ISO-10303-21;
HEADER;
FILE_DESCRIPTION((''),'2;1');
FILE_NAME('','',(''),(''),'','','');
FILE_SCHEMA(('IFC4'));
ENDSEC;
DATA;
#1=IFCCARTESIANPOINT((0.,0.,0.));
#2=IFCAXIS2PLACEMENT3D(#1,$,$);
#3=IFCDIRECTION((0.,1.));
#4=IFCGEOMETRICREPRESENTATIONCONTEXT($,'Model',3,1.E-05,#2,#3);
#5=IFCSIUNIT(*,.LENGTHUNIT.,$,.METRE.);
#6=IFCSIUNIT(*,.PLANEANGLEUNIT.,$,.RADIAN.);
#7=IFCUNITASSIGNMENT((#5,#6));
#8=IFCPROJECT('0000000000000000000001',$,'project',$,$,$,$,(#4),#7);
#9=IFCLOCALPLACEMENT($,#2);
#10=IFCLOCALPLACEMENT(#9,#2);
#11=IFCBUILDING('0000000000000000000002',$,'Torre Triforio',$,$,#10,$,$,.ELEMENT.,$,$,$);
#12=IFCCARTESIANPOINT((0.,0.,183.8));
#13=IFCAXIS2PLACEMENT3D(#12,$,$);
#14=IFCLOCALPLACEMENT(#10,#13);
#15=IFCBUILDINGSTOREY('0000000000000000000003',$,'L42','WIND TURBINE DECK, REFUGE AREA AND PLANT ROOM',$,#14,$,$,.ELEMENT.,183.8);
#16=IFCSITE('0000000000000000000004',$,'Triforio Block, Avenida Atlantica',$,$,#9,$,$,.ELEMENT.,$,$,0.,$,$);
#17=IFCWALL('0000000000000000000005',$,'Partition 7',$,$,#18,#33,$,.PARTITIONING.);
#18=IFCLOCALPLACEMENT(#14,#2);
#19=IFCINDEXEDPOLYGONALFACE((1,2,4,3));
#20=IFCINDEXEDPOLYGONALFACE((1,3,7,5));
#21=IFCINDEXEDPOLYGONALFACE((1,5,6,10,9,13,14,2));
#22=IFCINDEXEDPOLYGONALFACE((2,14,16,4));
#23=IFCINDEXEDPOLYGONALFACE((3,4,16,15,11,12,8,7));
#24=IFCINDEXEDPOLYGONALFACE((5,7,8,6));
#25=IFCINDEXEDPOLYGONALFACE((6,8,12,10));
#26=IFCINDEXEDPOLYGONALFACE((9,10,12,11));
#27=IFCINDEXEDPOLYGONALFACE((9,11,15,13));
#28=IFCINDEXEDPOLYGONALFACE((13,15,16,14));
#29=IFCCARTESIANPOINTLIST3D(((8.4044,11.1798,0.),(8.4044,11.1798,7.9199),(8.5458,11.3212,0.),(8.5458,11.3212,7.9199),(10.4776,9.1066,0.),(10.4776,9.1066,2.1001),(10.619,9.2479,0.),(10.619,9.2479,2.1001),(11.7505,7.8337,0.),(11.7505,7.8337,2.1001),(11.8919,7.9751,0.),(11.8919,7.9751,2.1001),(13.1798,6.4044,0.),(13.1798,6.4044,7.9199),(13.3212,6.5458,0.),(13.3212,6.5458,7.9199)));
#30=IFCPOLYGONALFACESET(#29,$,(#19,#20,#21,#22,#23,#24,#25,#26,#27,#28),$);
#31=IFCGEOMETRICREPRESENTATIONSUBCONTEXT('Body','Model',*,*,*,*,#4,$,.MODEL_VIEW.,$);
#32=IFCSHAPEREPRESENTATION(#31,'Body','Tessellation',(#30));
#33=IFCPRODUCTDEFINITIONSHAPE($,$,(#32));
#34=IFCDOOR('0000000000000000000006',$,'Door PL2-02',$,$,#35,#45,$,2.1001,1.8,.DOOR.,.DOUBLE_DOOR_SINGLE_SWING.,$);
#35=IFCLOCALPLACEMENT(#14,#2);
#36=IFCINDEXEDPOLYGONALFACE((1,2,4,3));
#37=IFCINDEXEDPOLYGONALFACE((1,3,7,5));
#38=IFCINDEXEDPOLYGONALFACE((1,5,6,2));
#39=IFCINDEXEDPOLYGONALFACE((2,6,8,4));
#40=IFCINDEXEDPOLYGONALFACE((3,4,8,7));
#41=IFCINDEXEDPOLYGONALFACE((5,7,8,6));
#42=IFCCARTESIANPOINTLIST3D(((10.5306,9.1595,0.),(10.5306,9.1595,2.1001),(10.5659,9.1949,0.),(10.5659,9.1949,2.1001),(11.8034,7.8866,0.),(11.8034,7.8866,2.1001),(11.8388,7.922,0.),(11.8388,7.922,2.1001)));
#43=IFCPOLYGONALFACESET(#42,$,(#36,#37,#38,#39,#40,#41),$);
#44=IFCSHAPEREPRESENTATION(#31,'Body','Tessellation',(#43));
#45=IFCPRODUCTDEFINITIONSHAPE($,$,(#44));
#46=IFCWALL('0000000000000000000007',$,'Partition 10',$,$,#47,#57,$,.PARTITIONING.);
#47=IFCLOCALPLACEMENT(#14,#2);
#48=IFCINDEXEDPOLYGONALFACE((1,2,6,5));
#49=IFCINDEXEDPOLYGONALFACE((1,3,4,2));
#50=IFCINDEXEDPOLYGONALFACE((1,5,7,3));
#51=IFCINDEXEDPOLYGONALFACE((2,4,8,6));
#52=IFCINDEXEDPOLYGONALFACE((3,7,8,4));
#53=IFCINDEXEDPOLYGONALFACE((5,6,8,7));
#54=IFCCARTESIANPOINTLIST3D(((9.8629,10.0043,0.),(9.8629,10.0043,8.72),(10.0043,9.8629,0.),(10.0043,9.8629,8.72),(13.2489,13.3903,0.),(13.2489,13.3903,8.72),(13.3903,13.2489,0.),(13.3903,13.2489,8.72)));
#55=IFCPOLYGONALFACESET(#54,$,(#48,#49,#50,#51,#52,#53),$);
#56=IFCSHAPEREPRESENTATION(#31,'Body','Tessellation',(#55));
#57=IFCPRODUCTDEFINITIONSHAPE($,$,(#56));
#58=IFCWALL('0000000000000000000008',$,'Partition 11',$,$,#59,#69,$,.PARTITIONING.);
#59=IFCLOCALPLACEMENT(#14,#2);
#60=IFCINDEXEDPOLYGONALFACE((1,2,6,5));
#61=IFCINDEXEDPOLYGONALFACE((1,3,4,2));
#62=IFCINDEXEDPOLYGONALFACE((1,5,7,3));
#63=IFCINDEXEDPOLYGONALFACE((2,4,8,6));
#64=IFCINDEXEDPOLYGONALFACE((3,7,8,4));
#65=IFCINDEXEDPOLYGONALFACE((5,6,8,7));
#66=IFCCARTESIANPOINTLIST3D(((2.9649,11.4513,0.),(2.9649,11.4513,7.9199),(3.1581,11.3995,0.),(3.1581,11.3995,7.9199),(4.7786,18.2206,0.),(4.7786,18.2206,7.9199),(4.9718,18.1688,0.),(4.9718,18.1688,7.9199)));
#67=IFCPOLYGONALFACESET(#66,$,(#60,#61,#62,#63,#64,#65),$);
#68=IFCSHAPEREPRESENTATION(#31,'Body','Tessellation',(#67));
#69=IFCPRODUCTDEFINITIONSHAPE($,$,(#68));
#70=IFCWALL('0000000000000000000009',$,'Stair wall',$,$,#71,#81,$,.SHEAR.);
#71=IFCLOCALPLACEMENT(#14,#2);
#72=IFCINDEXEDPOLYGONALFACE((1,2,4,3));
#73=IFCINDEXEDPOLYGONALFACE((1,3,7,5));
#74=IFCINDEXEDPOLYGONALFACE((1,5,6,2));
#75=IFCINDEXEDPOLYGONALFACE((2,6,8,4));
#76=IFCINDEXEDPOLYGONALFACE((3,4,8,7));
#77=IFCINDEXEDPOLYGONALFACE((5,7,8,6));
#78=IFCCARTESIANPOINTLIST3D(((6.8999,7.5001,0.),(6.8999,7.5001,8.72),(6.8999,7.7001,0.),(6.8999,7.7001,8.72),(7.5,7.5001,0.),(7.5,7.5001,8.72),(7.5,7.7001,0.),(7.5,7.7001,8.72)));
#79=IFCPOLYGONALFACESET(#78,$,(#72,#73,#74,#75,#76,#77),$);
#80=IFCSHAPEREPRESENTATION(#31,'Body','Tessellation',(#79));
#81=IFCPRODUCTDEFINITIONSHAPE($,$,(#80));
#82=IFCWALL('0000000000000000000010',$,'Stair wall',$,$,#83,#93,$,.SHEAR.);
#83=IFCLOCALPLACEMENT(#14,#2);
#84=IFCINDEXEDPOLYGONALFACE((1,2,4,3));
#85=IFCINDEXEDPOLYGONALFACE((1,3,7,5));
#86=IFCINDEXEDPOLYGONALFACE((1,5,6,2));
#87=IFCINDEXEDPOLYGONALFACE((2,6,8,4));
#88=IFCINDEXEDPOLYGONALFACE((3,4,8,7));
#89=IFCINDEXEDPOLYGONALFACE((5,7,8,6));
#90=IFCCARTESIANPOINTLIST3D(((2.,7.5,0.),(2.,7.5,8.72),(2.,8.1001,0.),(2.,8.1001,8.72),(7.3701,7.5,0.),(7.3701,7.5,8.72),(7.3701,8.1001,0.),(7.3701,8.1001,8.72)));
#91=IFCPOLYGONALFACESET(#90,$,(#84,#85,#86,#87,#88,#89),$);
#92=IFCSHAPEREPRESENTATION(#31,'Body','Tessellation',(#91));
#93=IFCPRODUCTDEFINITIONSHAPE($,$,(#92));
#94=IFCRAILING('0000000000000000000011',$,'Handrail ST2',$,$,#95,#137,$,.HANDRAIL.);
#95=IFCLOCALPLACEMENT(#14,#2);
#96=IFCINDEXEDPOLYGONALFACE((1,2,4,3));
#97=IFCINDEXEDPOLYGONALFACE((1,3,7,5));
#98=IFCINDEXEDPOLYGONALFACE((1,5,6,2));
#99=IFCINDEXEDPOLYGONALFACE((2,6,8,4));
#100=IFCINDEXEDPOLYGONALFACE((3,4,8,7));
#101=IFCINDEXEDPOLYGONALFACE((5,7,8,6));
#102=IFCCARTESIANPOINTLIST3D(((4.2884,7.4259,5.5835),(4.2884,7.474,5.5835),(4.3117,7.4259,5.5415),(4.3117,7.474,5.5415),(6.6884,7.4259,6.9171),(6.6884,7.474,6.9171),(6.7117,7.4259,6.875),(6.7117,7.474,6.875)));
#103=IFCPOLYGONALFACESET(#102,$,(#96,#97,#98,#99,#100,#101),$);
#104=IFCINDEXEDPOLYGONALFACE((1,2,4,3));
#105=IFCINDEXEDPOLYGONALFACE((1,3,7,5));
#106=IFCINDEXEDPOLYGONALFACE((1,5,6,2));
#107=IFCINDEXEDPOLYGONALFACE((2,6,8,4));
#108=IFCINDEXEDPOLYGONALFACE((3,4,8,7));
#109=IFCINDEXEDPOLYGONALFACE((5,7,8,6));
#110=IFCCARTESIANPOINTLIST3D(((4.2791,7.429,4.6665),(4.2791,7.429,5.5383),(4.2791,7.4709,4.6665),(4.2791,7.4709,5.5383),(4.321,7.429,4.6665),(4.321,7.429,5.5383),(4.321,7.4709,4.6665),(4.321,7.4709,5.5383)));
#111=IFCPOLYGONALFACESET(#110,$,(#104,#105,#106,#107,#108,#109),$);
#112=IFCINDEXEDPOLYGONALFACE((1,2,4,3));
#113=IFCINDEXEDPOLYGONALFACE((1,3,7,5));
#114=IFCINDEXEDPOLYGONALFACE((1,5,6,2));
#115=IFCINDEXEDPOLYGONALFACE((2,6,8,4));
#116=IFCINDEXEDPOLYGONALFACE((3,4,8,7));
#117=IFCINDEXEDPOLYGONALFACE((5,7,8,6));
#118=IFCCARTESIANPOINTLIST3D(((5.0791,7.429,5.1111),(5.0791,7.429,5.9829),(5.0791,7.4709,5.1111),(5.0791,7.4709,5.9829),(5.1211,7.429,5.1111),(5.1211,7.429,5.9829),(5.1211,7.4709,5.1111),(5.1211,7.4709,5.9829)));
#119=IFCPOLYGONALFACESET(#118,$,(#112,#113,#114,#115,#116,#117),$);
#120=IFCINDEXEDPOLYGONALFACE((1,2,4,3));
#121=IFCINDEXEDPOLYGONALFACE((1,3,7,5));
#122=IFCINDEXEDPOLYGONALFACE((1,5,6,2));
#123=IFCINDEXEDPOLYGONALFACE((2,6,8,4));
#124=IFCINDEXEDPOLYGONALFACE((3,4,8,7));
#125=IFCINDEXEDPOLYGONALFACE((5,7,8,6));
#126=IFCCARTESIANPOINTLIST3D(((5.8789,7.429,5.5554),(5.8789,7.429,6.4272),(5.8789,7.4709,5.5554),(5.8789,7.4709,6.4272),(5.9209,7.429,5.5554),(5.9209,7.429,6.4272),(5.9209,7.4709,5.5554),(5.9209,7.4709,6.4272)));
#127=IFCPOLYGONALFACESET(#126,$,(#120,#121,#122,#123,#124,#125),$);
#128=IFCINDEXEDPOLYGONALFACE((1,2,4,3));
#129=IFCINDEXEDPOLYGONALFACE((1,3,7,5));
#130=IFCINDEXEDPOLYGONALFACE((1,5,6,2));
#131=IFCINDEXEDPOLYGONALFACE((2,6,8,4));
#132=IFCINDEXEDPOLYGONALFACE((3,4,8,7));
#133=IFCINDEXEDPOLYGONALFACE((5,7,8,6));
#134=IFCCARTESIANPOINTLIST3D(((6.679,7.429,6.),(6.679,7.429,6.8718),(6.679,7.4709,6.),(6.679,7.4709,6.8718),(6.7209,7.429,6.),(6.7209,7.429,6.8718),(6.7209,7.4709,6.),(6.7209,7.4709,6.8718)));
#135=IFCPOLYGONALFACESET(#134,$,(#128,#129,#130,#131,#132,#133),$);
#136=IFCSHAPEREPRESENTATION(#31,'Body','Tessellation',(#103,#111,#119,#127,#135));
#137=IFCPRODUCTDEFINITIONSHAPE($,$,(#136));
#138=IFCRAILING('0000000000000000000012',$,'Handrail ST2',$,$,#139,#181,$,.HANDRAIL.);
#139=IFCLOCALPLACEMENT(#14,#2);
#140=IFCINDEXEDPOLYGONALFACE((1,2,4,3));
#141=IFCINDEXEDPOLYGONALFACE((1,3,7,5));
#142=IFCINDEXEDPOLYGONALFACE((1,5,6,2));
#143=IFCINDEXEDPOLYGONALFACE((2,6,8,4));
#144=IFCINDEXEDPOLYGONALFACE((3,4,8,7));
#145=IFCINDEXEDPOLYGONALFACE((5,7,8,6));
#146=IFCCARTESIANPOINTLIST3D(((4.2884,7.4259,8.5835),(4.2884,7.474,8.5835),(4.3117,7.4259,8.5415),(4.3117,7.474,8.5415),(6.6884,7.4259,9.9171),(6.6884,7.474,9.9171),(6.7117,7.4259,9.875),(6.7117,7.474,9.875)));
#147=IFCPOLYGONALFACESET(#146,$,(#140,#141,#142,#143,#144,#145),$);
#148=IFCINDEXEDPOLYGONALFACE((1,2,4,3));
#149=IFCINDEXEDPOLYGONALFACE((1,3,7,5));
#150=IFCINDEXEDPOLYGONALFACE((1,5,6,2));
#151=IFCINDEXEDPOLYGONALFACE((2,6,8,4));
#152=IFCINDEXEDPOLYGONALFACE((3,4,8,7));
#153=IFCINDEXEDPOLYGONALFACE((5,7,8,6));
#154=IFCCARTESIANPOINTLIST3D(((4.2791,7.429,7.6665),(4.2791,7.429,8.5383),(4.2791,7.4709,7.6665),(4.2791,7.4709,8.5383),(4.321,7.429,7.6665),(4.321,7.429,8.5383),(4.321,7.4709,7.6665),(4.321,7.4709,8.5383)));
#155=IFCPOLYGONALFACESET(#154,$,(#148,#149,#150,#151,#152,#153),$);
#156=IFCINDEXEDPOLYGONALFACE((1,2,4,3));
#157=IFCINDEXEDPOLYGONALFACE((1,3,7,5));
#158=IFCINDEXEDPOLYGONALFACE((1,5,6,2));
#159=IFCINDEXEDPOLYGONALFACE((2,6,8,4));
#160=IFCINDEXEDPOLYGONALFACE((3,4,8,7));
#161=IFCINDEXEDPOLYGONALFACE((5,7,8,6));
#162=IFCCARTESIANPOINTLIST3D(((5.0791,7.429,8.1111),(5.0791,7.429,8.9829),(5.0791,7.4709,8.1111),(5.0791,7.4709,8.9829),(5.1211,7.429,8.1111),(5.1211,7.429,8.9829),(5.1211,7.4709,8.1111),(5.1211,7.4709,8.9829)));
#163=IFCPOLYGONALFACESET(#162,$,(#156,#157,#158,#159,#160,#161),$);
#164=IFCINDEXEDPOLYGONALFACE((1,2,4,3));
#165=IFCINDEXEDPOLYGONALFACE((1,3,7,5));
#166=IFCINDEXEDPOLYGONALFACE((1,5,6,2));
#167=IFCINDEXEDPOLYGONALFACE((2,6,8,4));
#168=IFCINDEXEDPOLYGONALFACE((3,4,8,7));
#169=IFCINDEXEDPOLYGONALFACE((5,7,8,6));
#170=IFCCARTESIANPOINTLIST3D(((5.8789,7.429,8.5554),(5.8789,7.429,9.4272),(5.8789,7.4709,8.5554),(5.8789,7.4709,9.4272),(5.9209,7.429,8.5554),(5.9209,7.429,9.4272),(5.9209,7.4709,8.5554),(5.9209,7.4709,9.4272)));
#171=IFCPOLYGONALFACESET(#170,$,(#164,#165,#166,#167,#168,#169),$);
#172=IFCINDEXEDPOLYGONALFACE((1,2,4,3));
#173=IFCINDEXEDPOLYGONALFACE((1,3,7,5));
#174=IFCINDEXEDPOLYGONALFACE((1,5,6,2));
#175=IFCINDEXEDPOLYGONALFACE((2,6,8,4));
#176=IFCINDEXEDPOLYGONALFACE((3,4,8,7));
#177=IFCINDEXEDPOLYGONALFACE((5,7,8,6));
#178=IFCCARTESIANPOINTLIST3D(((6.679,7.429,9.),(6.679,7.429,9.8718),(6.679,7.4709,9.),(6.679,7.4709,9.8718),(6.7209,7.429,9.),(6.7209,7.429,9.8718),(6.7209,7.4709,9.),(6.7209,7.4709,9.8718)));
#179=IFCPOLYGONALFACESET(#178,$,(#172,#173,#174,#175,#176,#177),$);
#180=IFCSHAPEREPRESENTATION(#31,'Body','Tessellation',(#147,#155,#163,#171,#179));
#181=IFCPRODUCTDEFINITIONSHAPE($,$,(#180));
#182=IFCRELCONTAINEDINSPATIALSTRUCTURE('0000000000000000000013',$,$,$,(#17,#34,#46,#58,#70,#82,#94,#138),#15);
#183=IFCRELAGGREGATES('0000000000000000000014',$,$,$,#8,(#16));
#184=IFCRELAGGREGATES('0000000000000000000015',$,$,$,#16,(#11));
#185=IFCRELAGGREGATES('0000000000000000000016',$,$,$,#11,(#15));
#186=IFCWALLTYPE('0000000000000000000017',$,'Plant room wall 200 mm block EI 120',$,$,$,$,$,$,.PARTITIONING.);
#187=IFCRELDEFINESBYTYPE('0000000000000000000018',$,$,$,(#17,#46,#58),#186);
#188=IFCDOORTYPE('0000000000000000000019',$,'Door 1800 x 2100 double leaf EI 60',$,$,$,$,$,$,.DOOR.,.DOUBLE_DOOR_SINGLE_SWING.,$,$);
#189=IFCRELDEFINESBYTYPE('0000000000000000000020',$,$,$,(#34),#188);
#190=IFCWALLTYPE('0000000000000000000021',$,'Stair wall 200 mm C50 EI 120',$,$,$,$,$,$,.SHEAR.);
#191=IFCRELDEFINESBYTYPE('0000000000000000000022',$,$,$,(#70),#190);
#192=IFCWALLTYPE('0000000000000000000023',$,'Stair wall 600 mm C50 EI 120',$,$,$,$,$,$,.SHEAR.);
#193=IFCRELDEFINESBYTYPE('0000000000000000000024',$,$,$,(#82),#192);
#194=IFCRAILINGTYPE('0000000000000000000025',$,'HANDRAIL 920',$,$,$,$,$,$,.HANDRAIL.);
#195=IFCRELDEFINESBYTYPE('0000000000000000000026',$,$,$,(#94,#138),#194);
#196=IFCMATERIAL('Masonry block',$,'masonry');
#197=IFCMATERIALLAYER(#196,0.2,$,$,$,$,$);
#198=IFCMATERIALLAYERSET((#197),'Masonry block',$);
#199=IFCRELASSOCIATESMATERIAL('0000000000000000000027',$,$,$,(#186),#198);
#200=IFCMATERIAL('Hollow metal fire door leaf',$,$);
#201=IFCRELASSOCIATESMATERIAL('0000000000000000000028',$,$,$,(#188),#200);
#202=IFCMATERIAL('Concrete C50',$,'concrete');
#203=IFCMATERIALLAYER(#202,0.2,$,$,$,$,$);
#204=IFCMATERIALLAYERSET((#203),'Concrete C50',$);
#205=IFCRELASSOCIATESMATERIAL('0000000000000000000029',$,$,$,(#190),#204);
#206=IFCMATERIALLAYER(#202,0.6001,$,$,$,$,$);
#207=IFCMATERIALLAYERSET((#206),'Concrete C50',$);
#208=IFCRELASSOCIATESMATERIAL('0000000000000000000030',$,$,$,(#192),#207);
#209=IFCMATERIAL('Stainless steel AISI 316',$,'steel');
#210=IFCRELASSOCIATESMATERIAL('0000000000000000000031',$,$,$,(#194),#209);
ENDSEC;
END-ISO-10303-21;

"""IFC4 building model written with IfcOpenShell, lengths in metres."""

from ifc_helpers import new_model, si_unit, direction, frame, frame_2d, origin, origin_2d, place, context, subcontext, project, spatial, rectangle, extrude, material, layer, layer_set, type_object, element, fill, save


model = new_model("IFC4")

# Units and contexts
model_context = context("Model", 3, precision=1e-05, world=origin(), true_north=direction((0.0, 1.0)))
body_context = subcontext(model_context, "Body", "Model", "MODEL_VIEW")
ifc_project = project(units=[si_unit("LENGTHUNIT", "METRE"), si_unit("PLANEANGLEUNIT", "RADIAN")], contexts=[model_context])

# Site, building, storey
site_placement = place(None, origin())
site = spatial("IfcSite", under=ifc_project, at=site_placement, Name="Triforio Block, Avenida Atlantica", CompositionType="ELEMENT", RefElevation=0.0)
building_placement = place(site_placement, origin())
building = spatial("IfcBuilding", under=site, at=building_placement, Name="Torre Triforio", CompositionType="ELEMENT")
storey_placement = place(building_placement, frame((0.0, 0.0, 183.8)))
storey = spatial("IfcBuildingStorey", under=building, at=storey_placement, Name="L42", Description="WIND TURBINE DECK, REFUGE AREA AND PLANT ROOM", CompositionType="ELEMENT", Elevation=183.8)

# Shared definitions
ifc_material_1 = material(Name="Concrete C50", Category="concrete")

# Wall, opening, door
ifc_material_2 = material(Name="Hollow metal fire door leaf")
ifc_material_3 = material(Name="Masonry block", Category="masonry")
ifc_layer_1 = layer(ifc_material_3, 0.2)
ifc_layer_set_1 = layer_set([ifc_layer_1], Name="Masonry block")
wall_type_1 = type_object("IfcWallType", Name="Plant room wall 200 mm block EI 120", PredefinedType="PARTITIONING", material=ifc_layer_set_1)
wall_1_placement = place(storey_placement, frame((8.4751, 11.2505, 0.0), z_axis=(0.0, 0.0, 1.0), x_axis=(0.707107, -0.707107, 0.0)))
wall_1 = element("IfcWall", 1, at=wall_1_placement, inside=storey, type_object=wall_type_1, Name="Partition 7", PredefinedType="PARTITIONING", context=body_context, shape_type="SweptSolid", body=[
    extrude(rectangle(XDim=6.7534, YDim=0.2, at=frame_2d((3.3767, 0.0))), origin(), (0.0, 0.0, 1.0), 7.9199),
])
opening_1_placement = place(wall_1_placement, frame((2.9321, 0.0, 0.0)))
opening_1 = element("IfcOpeningElement", 2, at=opening_1_placement, cuts=wall_1, PredefinedType="OPENING", context=body_context, shape_type="SweptSolid", body=[
    extrude(rectangle(XDim=1.8, YDim=2.1001, at=frame_2d((0.8999, 1.05))), frame((0.0, 0.1099, 0.0), z_axis=(0.0, -1.0, 0.0), x_axis=(1.0, 0.0, 0.0)), (0.0, 0.0, 1.0), 0.22),
])
door_type_1 = type_object("IfcDoorType", Name="Door 1800 x 2100 double leaf EI 60", OperationType="DOUBLE_DOOR_SINGLE_SWING", PredefinedType="DOOR", material=ifc_material_2)
door_1_placement = place(opening_1_placement, origin())
door_1 = element("IfcDoor", 3, at=door_1_placement, inside=storey, type_object=door_type_1, Name="Door PL2-02", OperationType="DOUBLE_DOOR_SINGLE_SWING", OverallHeight=2.1001, OverallWidth=1.8, PredefinedType="DOOR", context=body_context, shape_type="SweptSolid", body=[
    extrude(rectangle(XDim=1.8, YDim=2.1001, at=frame_2d((0.8999, 1.05))), frame((0.0, 0.0249, 0.0), z_axis=(0.0, -1.0, 0.0), x_axis=(1.0, 0.0, 0.0)), (0.0, 0.0, 1.0), 0.05),
])
fill(opening_1, door_1)

# Walls
wall_2_placement = place(storey_placement, frame((9.9336, 9.9336, 0.0), z_axis=(0.0, 0.0, 1.0), x_axis=(0.707107, 0.707107, 0.0)))
element("IfcWall", 4, at=wall_2_placement, inside=storey, type_object=wall_type_1, Name="Partition 10", PredefinedType="PARTITIONING", context=body_context, shape_type="SweptSolid", body=[
    extrude(rectangle(XDim=4.7886, YDim=0.2, at=frame_2d((2.3943, 0.0))), origin(), (0.0, 0.0, 1.0), 8.72),
])
wall_3_placement = place(storey_placement, frame((3.0615, 11.4255, 0.0), z_axis=(0.0, 0.0, 1.0), x_axis=(0.258805, 0.96593, 0.0)))
element("IfcWall", 5, at=wall_3_placement, inside=storey, type_object=wall_type_1, Name="Partition 11", PredefinedType="PARTITIONING", context=body_context, shape_type="SweptSolid", body=[
    extrude(rectangle(XDim=7.0081, YDim=0.2, at=frame_2d((3.5039, 0.0))), origin(), (0.0, 0.0, 1.0), 7.9199),
])
ifc_layer_2 = layer(ifc_material_1, 0.2)
ifc_layer_set_2 = layer_set([ifc_layer_2], Name="Concrete C50")
wall_type_2 = type_object("IfcWallType", Name="Stair wall 200 mm C50 EI 120", PredefinedType="SHEAR", material=ifc_layer_set_2)
wall_4_placement = place(storey_placement, frame((6.8999, 7.6001, 0.0), z_axis=(0.0, 0.0, 1.0), x_axis=(1.0, 0.0, 0.0)))
element("IfcWall", 6, at=wall_4_placement, inside=storey, type_object=wall_type_2, Name="Stair wall", PredefinedType="SHEAR", context=body_context, shape_type="SweptSolid", body=[
    extrude(rectangle(XDim=0.6001, YDim=0.2, at=frame_2d((0.3, 0.0))), origin(), (0.0, 0.0, 1.0), 8.72),
])
ifc_layer_3 = layer(ifc_material_1, 0.6001)
ifc_layer_set_3 = layer_set([ifc_layer_3], Name="Concrete C50")
wall_type_3 = type_object("IfcWallType", Name="Stair wall 600 mm C50 EI 120", PredefinedType="SHEAR", material=ifc_layer_set_3)
wall_5_placement = place(storey_placement, frame((2.0, 7.8, 0.0), z_axis=(0.0, 0.0, 1.0), x_axis=(1.0, 0.0, 0.0)))
element("IfcWall", 7, at=wall_5_placement, inside=storey, type_object=wall_type_3, Name="Stair wall", PredefinedType="SHEAR", context=body_context, shape_type="SweptSolid", body=[
    extrude(rectangle(XDim=5.3701, YDim=0.6001, at=frame_2d((2.6851, 0.0))), origin(), (0.0, 0.0, 1.0), 8.72),
])

# Railings
ifc_material_4 = material(Name="Stainless steel AISI 316", Category="steel")
railing_type_1 = type_object("IfcRailingType", Name="HANDRAIL 920", PredefinedType="HANDRAIL", material=ifc_material_4)
for number, where, name in (
    (8, (4.3, 7.45, 4.6665), "Handrail ST2"),
    (9, (4.3, 7.45, 7.6665), "Handrail ST2"),
):
    element("IfcRailing", number, at=place(storey_placement, frame(where)), inside=storey, type_object=railing_type_1, Name=name, PredefinedType="HANDRAIL", context=body_context, shape_type="SweptSolid", body=[
        extrude(rectangle(XDim=0.0481, YDim=0.0481, at=origin_2d()), frame((0.0, 0.0, 0.896), z_axis=(0.874124, 0.0, 0.485703), x_axis=(0.0, 1.0, 0.0)), (0.0, 0.0, 1.0), 2.7456),
        extrude(rectangle(XDim=0.042, YDim=0.042, at=origin_2d()), origin(), (0.0, 0.0, 1.0), 0.8718),
        extrude(rectangle(XDim=0.042, YDim=0.042, at=origin_2d()), frame((0.8, 0.0, 0.4446)), (0.0, 0.0, 1.0), 0.8718),
        extrude(rectangle(XDim=0.042, YDim=0.042, at=origin_2d()), frame((1.5999, 0.0, 0.8889)), (0.0, 0.0, 1.0), 0.8718),
        extrude(rectangle(XDim=0.042, YDim=0.042, at=origin_2d()), frame((2.3999, 0.0, 1.3335)), (0.0, 0.0, 1.0), 0.8718),
    ])

save(model, "model.ifc")
